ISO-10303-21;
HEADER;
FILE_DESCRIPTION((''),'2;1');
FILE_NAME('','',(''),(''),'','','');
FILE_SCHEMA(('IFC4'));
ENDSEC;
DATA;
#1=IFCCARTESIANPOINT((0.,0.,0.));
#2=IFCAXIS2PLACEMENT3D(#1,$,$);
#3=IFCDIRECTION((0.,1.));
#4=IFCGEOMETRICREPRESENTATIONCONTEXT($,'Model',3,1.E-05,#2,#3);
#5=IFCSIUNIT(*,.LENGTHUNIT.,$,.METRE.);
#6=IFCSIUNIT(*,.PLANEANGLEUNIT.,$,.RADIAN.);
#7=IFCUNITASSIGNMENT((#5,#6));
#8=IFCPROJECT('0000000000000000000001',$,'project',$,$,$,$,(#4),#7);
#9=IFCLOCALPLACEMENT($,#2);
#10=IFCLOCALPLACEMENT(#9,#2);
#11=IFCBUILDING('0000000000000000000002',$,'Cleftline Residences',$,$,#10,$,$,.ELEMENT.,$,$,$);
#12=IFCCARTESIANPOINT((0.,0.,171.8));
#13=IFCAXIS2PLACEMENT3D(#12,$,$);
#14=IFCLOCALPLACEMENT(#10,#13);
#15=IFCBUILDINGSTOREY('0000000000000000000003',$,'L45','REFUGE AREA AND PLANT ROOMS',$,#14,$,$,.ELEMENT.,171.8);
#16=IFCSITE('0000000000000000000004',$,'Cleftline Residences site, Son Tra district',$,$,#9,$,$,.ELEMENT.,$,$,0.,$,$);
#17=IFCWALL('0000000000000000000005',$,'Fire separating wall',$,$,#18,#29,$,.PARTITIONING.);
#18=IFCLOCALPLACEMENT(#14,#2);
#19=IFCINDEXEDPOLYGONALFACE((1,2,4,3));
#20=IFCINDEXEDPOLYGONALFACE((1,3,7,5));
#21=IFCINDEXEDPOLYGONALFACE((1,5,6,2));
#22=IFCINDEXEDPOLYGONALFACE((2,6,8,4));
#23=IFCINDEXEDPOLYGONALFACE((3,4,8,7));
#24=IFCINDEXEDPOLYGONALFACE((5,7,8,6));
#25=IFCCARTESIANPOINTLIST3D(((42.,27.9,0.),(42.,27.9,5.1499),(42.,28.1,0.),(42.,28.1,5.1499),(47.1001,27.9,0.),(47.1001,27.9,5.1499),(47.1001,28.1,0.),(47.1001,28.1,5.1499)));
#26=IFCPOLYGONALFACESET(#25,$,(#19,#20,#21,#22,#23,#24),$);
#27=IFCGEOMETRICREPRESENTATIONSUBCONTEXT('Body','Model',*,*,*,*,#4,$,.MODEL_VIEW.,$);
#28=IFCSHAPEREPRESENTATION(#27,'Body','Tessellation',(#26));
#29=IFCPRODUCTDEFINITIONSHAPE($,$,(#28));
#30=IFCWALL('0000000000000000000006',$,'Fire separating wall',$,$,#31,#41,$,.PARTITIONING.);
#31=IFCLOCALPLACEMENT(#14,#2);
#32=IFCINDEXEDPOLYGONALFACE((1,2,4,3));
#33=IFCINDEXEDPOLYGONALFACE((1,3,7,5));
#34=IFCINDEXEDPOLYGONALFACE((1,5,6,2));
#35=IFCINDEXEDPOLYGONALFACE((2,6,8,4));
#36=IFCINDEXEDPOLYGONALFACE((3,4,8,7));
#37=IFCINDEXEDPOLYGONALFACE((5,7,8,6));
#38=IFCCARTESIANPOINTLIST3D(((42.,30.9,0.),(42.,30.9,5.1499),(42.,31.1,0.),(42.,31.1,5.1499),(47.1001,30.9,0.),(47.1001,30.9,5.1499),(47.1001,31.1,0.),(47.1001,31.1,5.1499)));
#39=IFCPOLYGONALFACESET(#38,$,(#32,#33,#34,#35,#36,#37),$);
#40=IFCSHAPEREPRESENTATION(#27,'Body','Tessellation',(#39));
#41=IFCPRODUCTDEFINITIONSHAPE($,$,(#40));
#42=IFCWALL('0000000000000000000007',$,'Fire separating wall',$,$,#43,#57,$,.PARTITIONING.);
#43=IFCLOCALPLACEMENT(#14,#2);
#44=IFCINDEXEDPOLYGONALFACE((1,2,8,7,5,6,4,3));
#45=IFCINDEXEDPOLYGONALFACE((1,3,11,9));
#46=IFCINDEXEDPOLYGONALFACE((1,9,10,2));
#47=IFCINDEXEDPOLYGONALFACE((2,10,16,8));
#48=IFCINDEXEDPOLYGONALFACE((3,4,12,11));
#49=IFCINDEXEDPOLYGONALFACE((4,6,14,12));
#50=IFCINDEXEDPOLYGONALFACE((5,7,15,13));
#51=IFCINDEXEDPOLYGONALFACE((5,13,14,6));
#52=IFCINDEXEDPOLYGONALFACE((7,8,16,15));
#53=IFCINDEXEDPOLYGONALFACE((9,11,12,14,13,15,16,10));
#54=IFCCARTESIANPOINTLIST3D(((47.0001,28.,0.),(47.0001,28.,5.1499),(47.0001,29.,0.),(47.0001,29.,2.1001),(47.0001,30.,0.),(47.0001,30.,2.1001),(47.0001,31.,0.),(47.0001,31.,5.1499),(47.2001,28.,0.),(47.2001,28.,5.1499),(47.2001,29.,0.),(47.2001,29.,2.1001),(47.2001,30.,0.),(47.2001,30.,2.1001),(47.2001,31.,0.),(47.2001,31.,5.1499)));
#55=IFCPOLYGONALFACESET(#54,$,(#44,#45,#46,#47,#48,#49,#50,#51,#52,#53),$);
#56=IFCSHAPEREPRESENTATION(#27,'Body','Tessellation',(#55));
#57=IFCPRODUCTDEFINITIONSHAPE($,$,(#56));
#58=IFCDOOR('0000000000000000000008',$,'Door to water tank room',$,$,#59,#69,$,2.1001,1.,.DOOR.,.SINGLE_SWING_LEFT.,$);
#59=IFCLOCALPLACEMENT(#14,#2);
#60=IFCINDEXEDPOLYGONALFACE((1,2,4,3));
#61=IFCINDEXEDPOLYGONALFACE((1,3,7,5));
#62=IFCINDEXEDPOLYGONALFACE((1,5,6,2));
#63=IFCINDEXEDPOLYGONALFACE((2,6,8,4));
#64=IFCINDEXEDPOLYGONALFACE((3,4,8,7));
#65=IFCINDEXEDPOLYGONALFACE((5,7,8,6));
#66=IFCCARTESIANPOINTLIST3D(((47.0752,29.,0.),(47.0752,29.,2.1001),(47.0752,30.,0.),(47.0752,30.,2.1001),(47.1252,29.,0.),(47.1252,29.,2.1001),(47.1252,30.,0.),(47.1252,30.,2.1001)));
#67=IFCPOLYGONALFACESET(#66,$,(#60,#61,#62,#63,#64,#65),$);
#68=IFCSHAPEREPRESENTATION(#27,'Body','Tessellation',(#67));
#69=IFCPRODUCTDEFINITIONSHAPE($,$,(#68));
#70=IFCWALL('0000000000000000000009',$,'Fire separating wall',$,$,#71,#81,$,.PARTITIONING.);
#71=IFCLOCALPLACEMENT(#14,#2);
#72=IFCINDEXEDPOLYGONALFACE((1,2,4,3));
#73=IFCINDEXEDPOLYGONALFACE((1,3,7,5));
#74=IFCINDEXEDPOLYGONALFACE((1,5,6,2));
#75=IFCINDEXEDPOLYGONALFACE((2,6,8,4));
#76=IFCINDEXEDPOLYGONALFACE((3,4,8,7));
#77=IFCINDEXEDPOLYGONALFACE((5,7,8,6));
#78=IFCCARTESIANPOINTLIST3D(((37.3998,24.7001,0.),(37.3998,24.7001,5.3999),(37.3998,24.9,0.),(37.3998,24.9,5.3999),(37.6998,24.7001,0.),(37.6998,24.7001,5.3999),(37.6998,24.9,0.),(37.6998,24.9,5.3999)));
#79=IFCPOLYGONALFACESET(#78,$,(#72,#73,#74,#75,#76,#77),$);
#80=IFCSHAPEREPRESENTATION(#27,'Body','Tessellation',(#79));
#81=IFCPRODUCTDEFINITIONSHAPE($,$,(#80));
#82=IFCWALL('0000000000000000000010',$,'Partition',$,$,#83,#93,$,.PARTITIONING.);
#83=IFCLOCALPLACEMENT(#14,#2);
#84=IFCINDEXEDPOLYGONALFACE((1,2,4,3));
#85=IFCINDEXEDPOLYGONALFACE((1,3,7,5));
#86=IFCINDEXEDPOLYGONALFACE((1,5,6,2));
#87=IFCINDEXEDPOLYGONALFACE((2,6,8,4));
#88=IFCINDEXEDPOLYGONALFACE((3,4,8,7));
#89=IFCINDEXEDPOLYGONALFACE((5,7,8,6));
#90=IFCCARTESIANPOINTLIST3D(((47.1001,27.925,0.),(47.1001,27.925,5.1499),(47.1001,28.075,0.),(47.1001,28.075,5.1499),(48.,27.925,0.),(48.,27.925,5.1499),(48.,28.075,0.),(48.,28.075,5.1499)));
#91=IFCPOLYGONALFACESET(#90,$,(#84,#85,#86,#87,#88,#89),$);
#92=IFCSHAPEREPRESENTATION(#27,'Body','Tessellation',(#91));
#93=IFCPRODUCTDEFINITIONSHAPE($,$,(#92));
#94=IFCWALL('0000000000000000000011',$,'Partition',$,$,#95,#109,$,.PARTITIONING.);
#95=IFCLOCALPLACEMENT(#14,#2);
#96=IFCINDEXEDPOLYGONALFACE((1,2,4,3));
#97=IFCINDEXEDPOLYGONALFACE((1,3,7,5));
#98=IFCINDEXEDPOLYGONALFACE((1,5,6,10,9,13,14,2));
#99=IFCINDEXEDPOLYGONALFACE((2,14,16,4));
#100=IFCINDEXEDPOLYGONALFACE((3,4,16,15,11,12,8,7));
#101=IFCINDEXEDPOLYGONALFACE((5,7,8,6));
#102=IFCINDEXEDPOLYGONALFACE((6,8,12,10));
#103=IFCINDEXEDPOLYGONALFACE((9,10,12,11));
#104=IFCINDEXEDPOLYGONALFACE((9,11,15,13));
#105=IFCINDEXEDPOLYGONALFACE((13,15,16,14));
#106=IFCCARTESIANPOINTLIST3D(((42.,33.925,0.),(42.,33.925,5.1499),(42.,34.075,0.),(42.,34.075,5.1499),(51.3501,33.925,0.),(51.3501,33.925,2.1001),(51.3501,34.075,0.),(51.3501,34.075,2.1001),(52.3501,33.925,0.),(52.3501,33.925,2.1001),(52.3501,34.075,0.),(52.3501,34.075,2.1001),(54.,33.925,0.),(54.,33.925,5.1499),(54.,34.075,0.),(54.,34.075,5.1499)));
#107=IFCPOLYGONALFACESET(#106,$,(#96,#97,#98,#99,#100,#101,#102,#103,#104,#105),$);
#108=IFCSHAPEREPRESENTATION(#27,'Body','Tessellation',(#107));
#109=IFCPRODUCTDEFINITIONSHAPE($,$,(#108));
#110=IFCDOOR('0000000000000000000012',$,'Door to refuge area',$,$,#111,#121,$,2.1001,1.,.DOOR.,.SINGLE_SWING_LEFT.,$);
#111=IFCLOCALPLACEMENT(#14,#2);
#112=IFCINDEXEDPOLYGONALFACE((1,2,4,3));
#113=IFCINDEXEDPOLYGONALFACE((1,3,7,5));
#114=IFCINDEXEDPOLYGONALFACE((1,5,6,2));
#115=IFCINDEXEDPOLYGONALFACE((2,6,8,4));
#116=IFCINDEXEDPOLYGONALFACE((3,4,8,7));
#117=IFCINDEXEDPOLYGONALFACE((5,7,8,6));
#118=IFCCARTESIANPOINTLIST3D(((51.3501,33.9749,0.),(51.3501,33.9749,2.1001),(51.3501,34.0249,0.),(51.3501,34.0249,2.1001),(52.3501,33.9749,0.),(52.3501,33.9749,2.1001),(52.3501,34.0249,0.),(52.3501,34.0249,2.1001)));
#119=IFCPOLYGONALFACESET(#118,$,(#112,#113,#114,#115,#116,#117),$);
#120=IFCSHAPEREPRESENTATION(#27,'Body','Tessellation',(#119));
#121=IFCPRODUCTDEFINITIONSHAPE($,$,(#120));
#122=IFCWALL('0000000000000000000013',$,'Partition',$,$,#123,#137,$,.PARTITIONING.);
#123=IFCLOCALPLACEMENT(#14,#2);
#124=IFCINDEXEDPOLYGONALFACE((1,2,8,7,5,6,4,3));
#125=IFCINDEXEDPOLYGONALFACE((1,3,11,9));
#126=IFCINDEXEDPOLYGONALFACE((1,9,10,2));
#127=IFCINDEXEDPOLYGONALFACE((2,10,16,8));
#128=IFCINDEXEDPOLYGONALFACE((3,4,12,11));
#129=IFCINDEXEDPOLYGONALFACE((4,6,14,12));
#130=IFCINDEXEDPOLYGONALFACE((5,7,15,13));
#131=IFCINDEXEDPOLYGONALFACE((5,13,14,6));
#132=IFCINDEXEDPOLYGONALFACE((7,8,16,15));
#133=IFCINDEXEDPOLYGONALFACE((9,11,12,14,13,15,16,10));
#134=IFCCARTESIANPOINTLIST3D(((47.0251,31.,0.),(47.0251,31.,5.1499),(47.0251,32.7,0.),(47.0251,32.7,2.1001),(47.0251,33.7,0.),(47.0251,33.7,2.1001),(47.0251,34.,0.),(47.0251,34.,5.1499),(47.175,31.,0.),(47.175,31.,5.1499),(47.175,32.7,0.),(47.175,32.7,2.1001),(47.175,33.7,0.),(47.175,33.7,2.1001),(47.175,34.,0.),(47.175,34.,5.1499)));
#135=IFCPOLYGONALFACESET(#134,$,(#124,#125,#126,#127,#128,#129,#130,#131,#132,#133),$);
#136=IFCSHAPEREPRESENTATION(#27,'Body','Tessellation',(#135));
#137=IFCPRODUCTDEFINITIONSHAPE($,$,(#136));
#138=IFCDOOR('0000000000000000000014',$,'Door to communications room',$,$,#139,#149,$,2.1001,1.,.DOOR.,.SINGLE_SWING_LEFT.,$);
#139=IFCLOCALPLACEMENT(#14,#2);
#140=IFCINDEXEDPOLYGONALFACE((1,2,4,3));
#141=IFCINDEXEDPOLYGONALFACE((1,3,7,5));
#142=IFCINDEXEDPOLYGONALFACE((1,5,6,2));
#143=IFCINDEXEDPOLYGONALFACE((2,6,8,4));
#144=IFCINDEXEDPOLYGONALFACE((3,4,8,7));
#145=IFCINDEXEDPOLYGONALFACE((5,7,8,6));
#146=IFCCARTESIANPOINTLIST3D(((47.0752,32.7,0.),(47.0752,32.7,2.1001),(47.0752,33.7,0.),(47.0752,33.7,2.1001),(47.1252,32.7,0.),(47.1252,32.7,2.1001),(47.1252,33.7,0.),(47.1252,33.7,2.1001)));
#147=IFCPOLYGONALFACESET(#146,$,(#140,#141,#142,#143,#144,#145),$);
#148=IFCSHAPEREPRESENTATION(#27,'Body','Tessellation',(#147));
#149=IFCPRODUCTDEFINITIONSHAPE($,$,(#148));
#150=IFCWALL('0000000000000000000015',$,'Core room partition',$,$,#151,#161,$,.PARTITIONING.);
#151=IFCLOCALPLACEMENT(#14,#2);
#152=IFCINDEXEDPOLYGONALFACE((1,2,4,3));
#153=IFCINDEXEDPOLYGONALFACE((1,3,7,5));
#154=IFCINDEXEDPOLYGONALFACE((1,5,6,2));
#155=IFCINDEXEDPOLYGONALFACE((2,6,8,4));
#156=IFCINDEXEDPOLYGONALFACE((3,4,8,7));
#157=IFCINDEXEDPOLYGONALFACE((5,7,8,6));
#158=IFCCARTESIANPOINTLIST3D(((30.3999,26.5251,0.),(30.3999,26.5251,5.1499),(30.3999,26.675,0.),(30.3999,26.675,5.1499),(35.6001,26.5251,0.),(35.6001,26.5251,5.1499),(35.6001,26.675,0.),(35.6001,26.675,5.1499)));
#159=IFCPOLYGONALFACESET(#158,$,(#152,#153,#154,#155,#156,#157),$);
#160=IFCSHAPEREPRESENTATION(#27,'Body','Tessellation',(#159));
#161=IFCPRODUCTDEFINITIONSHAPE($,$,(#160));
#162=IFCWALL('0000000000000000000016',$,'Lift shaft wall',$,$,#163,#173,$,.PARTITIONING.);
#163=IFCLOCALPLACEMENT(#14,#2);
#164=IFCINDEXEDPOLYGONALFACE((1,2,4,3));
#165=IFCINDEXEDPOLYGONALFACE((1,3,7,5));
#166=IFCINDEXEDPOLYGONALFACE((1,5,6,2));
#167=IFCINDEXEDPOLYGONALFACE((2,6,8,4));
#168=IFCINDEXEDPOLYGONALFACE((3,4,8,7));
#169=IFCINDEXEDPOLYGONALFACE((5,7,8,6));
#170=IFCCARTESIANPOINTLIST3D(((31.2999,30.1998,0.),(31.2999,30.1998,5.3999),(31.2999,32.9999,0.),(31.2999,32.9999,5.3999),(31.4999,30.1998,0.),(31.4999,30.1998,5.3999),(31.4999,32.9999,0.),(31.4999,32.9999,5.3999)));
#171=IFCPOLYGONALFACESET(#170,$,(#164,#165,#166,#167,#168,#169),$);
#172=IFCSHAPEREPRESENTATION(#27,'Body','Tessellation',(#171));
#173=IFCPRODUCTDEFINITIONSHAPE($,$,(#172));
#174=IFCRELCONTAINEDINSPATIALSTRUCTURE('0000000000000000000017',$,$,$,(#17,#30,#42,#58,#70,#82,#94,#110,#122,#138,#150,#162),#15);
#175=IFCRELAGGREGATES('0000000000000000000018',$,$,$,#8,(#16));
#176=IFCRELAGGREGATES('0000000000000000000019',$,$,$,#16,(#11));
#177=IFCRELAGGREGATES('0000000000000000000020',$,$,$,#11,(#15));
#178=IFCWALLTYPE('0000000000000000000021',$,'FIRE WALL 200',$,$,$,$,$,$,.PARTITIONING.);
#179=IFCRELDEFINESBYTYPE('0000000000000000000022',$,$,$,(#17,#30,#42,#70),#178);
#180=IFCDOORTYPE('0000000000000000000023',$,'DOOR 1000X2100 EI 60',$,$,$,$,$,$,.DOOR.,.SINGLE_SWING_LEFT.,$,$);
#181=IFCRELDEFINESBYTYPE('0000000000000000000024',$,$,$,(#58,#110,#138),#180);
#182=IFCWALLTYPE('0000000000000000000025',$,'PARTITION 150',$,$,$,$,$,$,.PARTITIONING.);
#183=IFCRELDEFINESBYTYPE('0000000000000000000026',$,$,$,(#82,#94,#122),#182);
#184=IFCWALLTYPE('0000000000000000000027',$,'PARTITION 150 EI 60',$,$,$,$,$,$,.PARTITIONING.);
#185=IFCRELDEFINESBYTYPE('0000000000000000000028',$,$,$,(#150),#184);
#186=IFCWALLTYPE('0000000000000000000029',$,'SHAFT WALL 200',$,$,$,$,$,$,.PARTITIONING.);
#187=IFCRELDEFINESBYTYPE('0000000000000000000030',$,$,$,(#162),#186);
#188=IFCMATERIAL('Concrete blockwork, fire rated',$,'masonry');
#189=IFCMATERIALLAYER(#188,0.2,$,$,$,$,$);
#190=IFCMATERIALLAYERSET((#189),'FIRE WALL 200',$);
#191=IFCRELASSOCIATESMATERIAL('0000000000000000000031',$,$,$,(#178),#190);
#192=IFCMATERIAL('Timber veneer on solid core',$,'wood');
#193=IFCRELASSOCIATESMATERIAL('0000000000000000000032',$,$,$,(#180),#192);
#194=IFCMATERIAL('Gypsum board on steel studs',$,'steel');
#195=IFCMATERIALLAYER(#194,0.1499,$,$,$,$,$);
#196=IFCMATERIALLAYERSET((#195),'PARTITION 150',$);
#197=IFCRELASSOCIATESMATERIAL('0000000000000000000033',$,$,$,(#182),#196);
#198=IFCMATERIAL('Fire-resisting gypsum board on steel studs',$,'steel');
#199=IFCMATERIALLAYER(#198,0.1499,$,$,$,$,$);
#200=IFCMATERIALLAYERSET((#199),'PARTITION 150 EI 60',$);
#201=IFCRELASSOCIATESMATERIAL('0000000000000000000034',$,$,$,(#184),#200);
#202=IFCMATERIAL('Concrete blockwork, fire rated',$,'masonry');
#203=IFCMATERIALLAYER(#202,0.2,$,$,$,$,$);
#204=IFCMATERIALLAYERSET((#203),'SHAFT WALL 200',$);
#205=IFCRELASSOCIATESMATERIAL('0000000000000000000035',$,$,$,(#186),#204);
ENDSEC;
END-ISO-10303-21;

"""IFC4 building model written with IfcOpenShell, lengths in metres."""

from ifc_helpers import new_model, si_unit, direction, frame, frame_2d, origin, place, context, subcontext, project, spatial, rectangle, extrude, material, layer, layer_set, type_object, element, fill, save


model = new_model("IFC4")

# Units and contexts
model_context = context("Model", 3, precision=1e-05, world=origin(), true_north=direction((0.0, 1.0)))
body_context = subcontext(model_context, "Body", "Model", "MODEL_VIEW")
ifc_project = project(units=[si_unit("LENGTHUNIT", "METRE"), si_unit("PLANEANGLEUNIT", "RADIAN")], contexts=[model_context])

# Site, building, storey
site_placement = place(None, origin())
site = spatial("IfcSite", under=ifc_project, at=site_placement, Name="Cleftline Residences site, Son Tra district", CompositionType="ELEMENT", RefElevation=0.0)
building_placement = place(site_placement, origin())
building = spatial("IfcBuilding", under=site, at=building_placement, Name="Cleftline Residences", CompositionType="ELEMENT")
storey_placement = place(building_placement, frame((0.0, 0.0, 171.8)))
storey = spatial("IfcBuildingStorey", under=building, at=storey_placement, Name="L45", Description="REFUGE AREA AND PLANT ROOMS", CompositionType="ELEMENT", Elevation=171.8)

# Walls
ifc_material_1 = material(Name="Concrete blockwork, fire rated", Category="masonry")
ifc_layer_1 = layer(ifc_material_1, 0.2)
ifc_layer_set_1 = layer_set([ifc_layer_1], Name="FIRE WALL 200")
wall_type_1 = type_object("IfcWallType", Name="FIRE WALL 200", PredefinedType="PARTITIONING", material=ifc_layer_set_1)
for number, where, z_axis, x_axis, name in (
    (1, (42.0, 28.0, 0.0), (0.0, 0.0, 1.0), (1.0, 0.0, 0.0), "Fire separating wall"),
    (2, (42.0, 31.0, 0.0), (0.0, 0.0, 1.0), (1.0, 0.0, 0.0), "Fire separating wall"),
):
    element("IfcWall", number, at=place(storey_placement, frame(where, z_axis=z_axis, x_axis=x_axis)), inside=storey, type_object=wall_type_1, Name=name, PredefinedType="PARTITIONING", context=body_context, shape_type="SweptSolid", body=[
        extrude(rectangle(XDim=5.1001, YDim=0.2, at=frame_2d((2.55, 0.0))), origin(), (0.0, 0.0, 1.0), 5.1499),
    ])

# Wall, opening, door
wall_1_placement = place(storey_placement, frame((47.1001, 28.0, 0.0), z_axis=(0.0, 0.0, 1.0), x_axis=(0.0, 1.0, 0.0)))
wall_1 = element("IfcWall", 3, at=wall_1_placement, inside=storey, type_object=wall_type_1, Name="Fire separating wall", PredefinedType="PARTITIONING", context=body_context, shape_type="SweptSolid", body=[
    extrude(rectangle(XDim=3.0, YDim=0.2, at=frame_2d((1.5, 0.0))), origin(), (0.0, 0.0, 1.0), 5.1499),
])
opening_1_placement = place(wall_1_placement, frame((1.0, 0.0, 0.0)))
opening_1 = element("IfcOpeningElement", 4, at=opening_1_placement, cuts=wall_1, PredefinedType="OPENING", context=body_context, shape_type="SweptSolid", body=[
    extrude(rectangle(XDim=1.0, YDim=2.1001, at=frame_2d((0.5, 1.05))), frame((0.0, 0.1099, 0.0), z_axis=(0.0, -1.0, 0.0), x_axis=(1.0, 0.0, 0.0)), (0.0, 0.0, 1.0), 0.22),
])
ifc_material_2 = material(Name="Timber veneer on solid core", Category="wood")
door_type_1 = type_object("IfcDoorType", Name="DOOR 1000X2100 EI 60", OperationType="SINGLE_SWING_LEFT", PredefinedType="DOOR", material=ifc_material_2)
door_1_placement = place(opening_1_placement, origin())
door_1 = element("IfcDoor", 5, at=door_1_placement, inside=storey, type_object=door_type_1, Name="Door to water tank room", OperationType="SINGLE_SWING_LEFT", OverallHeight=2.1001, OverallWidth=1.0, PredefinedType="DOOR", context=body_context, shape_type="SweptSolid", body=[
    extrude(rectangle(XDim=1.0, YDim=2.1001, at=frame_2d((0.5, 1.05))), frame((0.0, 0.0249, 0.0), z_axis=(0.0, -1.0, 0.0), x_axis=(1.0, 0.0, 0.0)), (0.0, 0.0, 1.0), 0.05),
])
fill(opening_1, door_1)

# Walls
wall_2_placement = place(storey_placement, frame((37.3999, 24.8, 0.0), z_axis=(0.0, 0.0, 1.0), x_axis=(1.0, 0.0, 0.0)))
element("IfcWall", 6, at=wall_2_placement, inside=storey, type_object=wall_type_1, Name="Fire separating wall", PredefinedType="PARTITIONING", context=body_context, shape_type="SweptSolid", body=[
    extrude(rectangle(XDim=0.3, YDim=0.2, at=frame_2d((0.1499, 0.0))), origin(), (0.0, 0.0, 1.0), 5.3999),
])
ifc_material_3 = material(Name="Gypsum board on steel studs", Category="steel")
ifc_layer_2 = layer(ifc_material_3, 0.1499)
ifc_layer_set_2 = layer_set([ifc_layer_2], Name="PARTITION 150")
wall_type_2 = type_object("IfcWallType", Name="PARTITION 150", PredefinedType="PARTITIONING", material=ifc_layer_set_2)
wall_3_placement = place(storey_placement, frame((47.1001, 28.0, 0.0), z_axis=(0.0, 0.0, 1.0), x_axis=(1.0, 0.0, 0.0)))
element("IfcWall", 7, at=wall_3_placement, inside=storey, type_object=wall_type_2, Name="Partition", PredefinedType="PARTITIONING", context=body_context, shape_type="SweptSolid", body=[
    extrude(rectangle(XDim=0.8999, YDim=0.1499, at=frame_2d((0.45, 0.0))), origin(), (0.0, 0.0, 1.0), 5.1499),
])

# Walls, openings, doors
wall_4_placement = place(storey_placement, frame((42.0, 34.0, 0.0), z_axis=(0.0, 0.0, 1.0), x_axis=(1.0, 0.0, 0.0)))
wall_4 = element("IfcWall", 8, at=wall_4_placement, inside=storey, type_object=wall_type_2, Name="Partition", PredefinedType="PARTITIONING", context=body_context, shape_type="SweptSolid", body=[
    extrude(rectangle(XDim=12.0, YDim=0.1499, at=frame_2d((6.0, 0.0))), origin(), (0.0, 0.0, 1.0), 5.1499),
])
opening_2_placement = place(wall_4_placement, frame((9.3501, 0.0, 0.0)))
opening_2 = element("IfcOpeningElement", 9, at=opening_2_placement, cuts=wall_4, PredefinedType="OPENING", context=body_context, shape_type="SweptSolid", body=[
    extrude(rectangle(XDim=1.0, YDim=2.1001, at=frame_2d((0.5, 1.05))), frame((0.0, 0.085, 0.0), z_axis=(0.0, -1.0, 0.0), x_axis=(1.0, 0.0, 0.0)), (0.0, 0.0, 1.0), 0.1699),
])
door_2_placement = place(opening_2_placement, origin())
door_2 = element("IfcDoor", 10, at=door_2_placement, inside=storey, type_object=door_type_1, Name="Door to refuge area", OperationType="SINGLE_SWING_LEFT", OverallHeight=2.1001, OverallWidth=1.0, PredefinedType="DOOR", context=body_context, shape_type="SweptSolid", body=[
    extrude(rectangle(XDim=1.0, YDim=2.1001, at=frame_2d((0.5, 1.05))), frame((0.0, 0.0249, 0.0), z_axis=(0.0, -1.0, 0.0), x_axis=(1.0, 0.0, 0.0)), (0.0, 0.0, 1.0), 0.05),
])
fill(opening_2, door_2)
wall_5_placement = place(storey_placement, frame((47.1001, 31.0, 0.0), z_axis=(0.0, 0.0, 1.0), x_axis=(0.0, 1.0, 0.0)))
wall_5 = element("IfcWall", 11, at=wall_5_placement, inside=storey, type_object=wall_type_2, Name="Partition", PredefinedType="PARTITIONING", context=body_context, shape_type="SweptSolid", body=[
    extrude(rectangle(XDim=3.0, YDim=0.1499, at=frame_2d((1.5, 0.0))), origin(), (0.0, 0.0, 1.0), 5.1499),
])
opening_3_placement = place(wall_5_placement, frame((1.7, 0.0, 0.0)))
opening_3 = element("IfcOpeningElement", 12, at=opening_3_placement, cuts=wall_5, PredefinedType="OPENING", context=body_context, shape_type="SweptSolid", body=[
    extrude(rectangle(XDim=1.0, YDim=2.1001, at=frame_2d((0.5, 1.05))), frame((0.0, 0.085, 0.0), z_axis=(0.0, -1.0, 0.0), x_axis=(1.0, 0.0, 0.0)), (0.0, 0.0, 1.0), 0.1699),
])
door_3_placement = place(opening_3_placement, origin())
door_3 = element("IfcDoor", 13, at=door_3_placement, inside=storey, type_object=door_type_1, Name="Door to communications room", OperationType="SINGLE_SWING_LEFT", OverallHeight=2.1001, OverallWidth=1.0, PredefinedType="DOOR", context=body_context, shape_type="SweptSolid", body=[
    extrude(rectangle(XDim=1.0, YDim=2.1001, at=frame_2d((0.5, 1.05))), frame((0.0, 0.0249, 0.0), z_axis=(0.0, -1.0, 0.0), x_axis=(1.0, 0.0, 0.0)), (0.0, 0.0, 1.0), 0.05),
])
fill(opening_3, door_3)

# Walls
ifc_material_4 = material(Name="Fire-resisting gypsum board on steel studs", Category="steel")
ifc_layer_3 = layer(ifc_material_4, 0.1499)
ifc_layer_set_3 = layer_set([ifc_layer_3], Name="PARTITION 150 EI 60")
wall_type_3 = type_object("IfcWallType", Name="PARTITION 150 EI 60", PredefinedType="PARTITIONING", material=ifc_layer_set_3)
wall_6_placement = place(storey_placement, frame((30.3999, 26.6001, 0.0), z_axis=(0.0, 0.0, 1.0), x_axis=(1.0, 0.0, 0.0)))
element("IfcWall", 14, at=wall_6_placement, inside=storey, type_object=wall_type_3, Name="Core room partition", PredefinedType="PARTITIONING", context=body_context, shape_type="SweptSolid", body=[
    extrude(rectangle(XDim=5.2002, YDim=0.1499, at=frame_2d((2.6001, 0.0))), origin(), (0.0, 0.0, 1.0), 5.1499),
])
ifc_material_5 = material(Name="Concrete blockwork, fire rated", Category="masonry")
ifc_layer_4 = layer(ifc_material_5, 0.2)
ifc_layer_set_4 = layer_set([ifc_layer_4], Name="SHAFT WALL 200")
wall_type_4 = type_object("IfcWallType", Name="SHAFT WALL 200", PredefinedType="PARTITIONING", material=ifc_layer_set_4)
for number, where, z_axis, x_axis, name in (
    (15, (31.3999, 30.2, 0.0), (0.0, 0.0, 1.0), (0.0, 1.0, 0.0), "Lift shaft wall"),
):
    element("IfcWall", number, at=place(storey_placement, frame(where, z_axis=z_axis, x_axis=x_axis)), inside=storey, type_object=wall_type_4, Name=name, PredefinedType="PARTITIONING", context=body_context, shape_type="SweptSolid", body=[
        extrude(rectangle(XDim=2.8, YDim=0.2, at=frame_2d((1.3999, 0.0))), origin(), (0.0, 0.0, 1.0), 5.3999),
    ])

save(model, "model.ifc")
